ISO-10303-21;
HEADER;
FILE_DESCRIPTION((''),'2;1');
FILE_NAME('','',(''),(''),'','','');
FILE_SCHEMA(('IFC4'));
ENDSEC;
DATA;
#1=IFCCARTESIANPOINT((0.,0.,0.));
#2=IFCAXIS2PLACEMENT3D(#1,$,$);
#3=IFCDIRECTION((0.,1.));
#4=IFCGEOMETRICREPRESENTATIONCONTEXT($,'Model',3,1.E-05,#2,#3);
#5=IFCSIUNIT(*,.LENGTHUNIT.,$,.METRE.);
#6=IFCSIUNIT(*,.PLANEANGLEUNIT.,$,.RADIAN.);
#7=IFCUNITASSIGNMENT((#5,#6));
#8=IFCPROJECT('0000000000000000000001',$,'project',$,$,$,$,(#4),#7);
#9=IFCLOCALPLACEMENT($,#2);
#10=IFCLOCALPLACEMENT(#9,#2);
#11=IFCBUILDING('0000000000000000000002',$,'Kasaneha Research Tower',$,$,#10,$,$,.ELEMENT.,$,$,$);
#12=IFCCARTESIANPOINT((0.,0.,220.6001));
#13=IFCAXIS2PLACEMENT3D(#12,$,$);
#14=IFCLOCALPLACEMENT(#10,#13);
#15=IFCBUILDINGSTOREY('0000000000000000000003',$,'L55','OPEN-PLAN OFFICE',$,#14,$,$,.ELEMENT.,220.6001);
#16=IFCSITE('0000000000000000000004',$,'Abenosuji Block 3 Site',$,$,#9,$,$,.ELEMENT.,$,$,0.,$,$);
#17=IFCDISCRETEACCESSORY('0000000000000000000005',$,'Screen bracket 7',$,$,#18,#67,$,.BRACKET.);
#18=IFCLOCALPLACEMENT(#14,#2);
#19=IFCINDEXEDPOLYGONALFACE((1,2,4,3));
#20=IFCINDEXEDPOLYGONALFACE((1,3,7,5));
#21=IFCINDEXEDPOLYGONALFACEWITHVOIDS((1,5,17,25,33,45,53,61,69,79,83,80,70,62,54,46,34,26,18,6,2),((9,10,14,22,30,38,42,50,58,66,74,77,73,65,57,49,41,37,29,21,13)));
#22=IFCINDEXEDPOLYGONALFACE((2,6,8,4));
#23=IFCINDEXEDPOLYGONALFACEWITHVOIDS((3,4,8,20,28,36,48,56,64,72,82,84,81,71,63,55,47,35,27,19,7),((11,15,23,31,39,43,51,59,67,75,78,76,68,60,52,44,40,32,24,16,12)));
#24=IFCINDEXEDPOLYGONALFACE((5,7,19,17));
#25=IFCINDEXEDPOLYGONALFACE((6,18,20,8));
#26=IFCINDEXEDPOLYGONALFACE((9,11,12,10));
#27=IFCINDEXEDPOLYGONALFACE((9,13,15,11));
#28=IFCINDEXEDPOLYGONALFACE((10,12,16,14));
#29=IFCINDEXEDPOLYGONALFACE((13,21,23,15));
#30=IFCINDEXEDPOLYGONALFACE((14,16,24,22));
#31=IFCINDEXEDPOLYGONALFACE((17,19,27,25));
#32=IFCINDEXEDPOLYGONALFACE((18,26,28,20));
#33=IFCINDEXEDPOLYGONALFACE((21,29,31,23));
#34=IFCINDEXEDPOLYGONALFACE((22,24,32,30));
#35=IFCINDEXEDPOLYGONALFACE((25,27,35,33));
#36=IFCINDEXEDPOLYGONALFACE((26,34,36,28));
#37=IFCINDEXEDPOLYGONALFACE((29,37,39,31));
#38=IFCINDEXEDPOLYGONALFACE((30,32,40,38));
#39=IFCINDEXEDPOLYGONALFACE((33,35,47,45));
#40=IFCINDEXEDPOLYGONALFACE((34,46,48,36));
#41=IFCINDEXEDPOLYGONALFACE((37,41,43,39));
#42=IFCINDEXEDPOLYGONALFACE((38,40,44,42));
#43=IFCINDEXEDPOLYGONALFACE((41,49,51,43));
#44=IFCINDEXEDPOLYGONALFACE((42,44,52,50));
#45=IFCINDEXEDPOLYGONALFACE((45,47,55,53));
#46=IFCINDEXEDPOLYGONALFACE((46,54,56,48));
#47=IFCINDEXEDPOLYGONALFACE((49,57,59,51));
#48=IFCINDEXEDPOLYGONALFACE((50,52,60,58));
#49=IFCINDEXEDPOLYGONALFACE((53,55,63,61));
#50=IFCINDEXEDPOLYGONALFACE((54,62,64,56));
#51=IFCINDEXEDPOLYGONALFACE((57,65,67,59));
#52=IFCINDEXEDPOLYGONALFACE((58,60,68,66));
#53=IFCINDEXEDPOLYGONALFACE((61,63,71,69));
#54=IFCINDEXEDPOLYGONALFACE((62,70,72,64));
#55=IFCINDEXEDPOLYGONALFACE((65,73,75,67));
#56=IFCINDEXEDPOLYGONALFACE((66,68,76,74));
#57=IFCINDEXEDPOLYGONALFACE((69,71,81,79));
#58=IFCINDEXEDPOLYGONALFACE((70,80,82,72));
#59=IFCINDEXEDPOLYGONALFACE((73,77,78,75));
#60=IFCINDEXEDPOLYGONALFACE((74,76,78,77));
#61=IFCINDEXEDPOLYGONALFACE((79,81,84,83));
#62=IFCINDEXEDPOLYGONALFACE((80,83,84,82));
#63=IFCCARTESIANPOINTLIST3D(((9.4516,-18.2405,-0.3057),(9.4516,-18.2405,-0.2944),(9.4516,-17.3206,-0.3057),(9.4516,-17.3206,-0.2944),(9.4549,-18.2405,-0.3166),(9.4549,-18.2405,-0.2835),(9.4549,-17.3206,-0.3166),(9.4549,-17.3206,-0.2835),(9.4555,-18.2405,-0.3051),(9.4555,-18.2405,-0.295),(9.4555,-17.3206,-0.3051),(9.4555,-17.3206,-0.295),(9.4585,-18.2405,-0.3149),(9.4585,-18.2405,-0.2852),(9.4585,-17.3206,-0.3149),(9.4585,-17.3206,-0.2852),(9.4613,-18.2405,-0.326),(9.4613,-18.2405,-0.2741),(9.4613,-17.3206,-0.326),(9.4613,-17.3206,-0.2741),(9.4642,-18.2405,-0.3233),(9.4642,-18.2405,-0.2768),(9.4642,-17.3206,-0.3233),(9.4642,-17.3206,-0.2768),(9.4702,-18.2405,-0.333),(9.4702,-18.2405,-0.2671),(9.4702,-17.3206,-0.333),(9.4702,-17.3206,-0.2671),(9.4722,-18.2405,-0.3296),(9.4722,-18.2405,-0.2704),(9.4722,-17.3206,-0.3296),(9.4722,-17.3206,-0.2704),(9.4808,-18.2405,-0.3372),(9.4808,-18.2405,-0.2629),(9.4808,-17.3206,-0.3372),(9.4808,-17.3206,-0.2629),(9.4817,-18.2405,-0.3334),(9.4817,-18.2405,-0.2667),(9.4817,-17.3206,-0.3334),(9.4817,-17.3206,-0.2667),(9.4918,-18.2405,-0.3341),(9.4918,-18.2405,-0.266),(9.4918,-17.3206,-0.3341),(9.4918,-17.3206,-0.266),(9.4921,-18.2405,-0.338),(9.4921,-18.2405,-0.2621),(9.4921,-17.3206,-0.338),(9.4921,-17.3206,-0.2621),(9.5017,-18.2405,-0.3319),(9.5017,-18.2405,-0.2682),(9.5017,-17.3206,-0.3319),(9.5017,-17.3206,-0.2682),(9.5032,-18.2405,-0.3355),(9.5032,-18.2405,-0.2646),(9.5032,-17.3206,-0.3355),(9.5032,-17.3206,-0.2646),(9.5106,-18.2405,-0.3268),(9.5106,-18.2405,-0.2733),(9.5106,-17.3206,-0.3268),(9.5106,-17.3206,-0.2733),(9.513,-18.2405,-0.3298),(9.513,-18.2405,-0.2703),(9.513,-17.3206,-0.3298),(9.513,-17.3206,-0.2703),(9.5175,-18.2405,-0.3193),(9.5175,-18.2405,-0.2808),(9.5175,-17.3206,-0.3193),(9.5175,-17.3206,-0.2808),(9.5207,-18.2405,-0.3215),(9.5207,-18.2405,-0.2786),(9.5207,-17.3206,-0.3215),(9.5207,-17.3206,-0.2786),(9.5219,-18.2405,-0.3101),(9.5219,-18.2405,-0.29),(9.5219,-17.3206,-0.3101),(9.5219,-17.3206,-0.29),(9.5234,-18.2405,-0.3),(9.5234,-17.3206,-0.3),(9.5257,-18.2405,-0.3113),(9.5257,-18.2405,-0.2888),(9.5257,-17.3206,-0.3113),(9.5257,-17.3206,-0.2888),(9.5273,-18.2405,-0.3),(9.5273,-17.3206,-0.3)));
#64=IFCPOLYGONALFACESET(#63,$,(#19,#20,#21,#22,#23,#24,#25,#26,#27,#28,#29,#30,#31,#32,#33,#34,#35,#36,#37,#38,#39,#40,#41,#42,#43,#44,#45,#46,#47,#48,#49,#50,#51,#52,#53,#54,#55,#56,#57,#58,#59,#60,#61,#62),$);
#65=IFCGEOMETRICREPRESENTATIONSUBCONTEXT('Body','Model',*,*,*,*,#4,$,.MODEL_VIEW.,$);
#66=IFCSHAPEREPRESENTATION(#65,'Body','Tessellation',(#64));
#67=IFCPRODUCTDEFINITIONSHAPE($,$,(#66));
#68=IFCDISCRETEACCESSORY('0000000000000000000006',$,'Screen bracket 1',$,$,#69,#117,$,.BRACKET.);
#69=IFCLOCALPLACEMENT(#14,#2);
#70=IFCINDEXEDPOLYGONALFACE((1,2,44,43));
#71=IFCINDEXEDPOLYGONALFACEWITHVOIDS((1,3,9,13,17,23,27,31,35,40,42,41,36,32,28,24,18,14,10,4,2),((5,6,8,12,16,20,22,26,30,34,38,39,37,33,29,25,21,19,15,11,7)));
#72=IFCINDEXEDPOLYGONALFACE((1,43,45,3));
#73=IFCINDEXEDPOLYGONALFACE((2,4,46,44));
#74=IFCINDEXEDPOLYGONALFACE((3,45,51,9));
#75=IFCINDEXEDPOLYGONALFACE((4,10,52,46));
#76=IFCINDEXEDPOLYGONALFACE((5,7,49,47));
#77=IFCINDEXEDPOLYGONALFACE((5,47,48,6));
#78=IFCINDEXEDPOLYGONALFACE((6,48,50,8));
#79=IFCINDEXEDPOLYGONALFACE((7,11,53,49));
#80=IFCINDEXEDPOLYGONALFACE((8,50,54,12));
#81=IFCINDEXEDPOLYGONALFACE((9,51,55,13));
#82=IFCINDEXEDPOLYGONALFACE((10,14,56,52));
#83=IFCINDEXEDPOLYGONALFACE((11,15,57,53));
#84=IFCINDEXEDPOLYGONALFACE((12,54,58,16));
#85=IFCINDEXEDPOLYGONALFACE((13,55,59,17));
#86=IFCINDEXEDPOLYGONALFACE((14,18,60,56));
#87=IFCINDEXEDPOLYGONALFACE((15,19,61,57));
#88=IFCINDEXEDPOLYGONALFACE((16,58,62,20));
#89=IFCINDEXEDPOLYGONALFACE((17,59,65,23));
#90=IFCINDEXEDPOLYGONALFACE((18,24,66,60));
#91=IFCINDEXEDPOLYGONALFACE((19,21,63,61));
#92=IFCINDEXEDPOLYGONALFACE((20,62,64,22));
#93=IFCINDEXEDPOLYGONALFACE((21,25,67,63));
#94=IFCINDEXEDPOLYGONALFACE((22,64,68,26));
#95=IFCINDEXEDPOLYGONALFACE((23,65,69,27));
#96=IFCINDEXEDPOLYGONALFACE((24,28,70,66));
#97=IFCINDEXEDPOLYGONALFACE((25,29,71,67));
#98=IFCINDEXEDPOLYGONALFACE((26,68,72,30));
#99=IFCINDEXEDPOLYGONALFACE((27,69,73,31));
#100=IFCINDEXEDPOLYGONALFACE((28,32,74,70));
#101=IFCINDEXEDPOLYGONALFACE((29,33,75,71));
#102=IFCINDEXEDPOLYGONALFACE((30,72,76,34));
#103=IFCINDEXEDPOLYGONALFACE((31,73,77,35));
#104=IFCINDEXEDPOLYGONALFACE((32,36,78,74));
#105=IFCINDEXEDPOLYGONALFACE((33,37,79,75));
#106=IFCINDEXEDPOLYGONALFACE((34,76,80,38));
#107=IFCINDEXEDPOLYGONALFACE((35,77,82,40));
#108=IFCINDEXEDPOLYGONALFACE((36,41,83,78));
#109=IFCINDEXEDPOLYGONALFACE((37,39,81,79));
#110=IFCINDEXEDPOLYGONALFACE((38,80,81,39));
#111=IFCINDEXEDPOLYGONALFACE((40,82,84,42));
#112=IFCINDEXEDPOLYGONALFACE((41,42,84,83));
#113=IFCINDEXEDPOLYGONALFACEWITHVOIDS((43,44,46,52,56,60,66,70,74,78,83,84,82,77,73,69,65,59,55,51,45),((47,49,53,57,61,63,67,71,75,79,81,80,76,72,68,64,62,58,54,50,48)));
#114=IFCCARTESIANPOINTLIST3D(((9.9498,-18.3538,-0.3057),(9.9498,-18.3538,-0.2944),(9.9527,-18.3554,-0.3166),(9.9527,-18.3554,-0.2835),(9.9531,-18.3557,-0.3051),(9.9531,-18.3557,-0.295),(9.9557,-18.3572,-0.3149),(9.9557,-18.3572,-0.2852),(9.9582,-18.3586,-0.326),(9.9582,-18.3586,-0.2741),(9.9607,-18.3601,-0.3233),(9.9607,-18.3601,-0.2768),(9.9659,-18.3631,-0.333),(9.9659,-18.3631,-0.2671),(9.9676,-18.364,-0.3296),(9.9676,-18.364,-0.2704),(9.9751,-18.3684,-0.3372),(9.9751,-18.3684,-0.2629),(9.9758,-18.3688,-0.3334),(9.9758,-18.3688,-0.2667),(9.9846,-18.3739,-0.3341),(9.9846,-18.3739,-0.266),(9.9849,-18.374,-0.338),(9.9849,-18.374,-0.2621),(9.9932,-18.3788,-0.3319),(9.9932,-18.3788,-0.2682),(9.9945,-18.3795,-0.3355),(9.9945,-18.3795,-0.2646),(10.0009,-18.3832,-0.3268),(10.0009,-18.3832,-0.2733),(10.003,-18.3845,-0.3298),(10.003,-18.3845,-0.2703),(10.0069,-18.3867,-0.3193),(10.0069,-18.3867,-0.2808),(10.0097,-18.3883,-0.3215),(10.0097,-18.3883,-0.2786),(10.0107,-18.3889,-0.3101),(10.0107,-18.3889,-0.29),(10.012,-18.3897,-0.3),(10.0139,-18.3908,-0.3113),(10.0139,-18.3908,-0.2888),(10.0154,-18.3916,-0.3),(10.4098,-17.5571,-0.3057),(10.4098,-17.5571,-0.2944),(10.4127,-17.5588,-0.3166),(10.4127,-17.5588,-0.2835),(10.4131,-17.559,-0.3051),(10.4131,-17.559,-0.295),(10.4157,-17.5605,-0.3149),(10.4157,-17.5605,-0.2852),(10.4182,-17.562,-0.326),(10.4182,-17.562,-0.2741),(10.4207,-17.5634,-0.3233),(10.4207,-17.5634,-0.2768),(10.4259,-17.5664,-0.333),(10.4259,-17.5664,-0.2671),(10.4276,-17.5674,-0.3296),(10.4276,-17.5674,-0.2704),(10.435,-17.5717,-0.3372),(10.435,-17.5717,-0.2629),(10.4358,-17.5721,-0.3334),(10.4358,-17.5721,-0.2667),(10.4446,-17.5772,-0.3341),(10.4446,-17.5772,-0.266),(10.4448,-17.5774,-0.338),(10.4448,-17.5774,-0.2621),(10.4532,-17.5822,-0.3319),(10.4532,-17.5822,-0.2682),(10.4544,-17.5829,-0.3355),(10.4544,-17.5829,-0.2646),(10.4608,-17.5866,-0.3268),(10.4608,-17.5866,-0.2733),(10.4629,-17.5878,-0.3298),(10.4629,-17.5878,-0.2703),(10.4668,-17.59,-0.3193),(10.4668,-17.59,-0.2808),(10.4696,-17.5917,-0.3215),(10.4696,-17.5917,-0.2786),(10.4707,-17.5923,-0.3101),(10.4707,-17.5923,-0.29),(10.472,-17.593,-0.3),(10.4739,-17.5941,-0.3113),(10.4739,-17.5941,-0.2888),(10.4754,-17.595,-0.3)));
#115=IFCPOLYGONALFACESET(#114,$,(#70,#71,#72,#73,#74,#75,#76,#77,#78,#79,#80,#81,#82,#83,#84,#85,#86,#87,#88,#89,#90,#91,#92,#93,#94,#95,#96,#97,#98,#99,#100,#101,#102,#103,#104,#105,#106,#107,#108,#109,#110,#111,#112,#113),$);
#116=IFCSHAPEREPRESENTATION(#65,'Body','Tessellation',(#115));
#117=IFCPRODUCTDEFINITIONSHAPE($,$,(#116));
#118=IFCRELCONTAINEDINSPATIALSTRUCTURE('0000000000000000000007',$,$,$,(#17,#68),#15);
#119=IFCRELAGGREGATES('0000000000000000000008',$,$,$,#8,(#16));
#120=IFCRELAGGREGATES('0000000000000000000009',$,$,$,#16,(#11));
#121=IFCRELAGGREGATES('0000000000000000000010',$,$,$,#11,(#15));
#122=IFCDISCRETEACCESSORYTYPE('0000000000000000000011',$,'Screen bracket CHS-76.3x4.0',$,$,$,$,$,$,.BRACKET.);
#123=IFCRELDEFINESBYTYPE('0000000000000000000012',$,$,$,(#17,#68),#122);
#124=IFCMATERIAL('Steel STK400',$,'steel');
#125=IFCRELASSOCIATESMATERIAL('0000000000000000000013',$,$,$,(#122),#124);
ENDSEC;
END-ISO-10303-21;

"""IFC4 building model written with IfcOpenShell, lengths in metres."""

from ifc_helpers import new_model, si_unit, direction, frame, origin, origin_2d, place, context, subcontext, project, spatial, hollow_circle, extrude, material, material_profile, profile_set, type_object, element, save


model = new_model("IFC4")

# Units and contexts
model_context = context("Model", 3, precision=1e-05, world=origin(), true_north=direction((0.0, 1.0)))
body_context = subcontext(model_context, "Body", "Model", "MODEL_VIEW")
ifc_project = project(units=[si_unit("LENGTHUNIT", "METRE"), si_unit("PLANEANGLEUNIT", "RADIAN")], contexts=[model_context])

# Site, building, storey
site_placement = place(None, origin())
site = spatial("IfcSite", under=ifc_project, at=site_placement, Name="Abenosuji Block 3 Site", CompositionType="ELEMENT", RefElevation=0.0)
building_placement = place(site_placement, origin())
building = spatial("IfcBuilding", under=site, at=building_placement, Name="Kasaneha Research Tower", CompositionType="ELEMENT")
storey_placement = place(building_placement, frame((0.0, 0.0, 220.6001)))
storey = spatial("IfcBuildingStorey", under=building, at=storey_placement, Name="L55", Description="OPEN-PLAN OFFICE", CompositionType="ELEMENT", Elevation=220.6001)

# Discrete accessories
ifc_material_1 = material(Name="Steel STK400", Category="steel")
ifc_material_profile_1 = material_profile(ifc_material_1, hollow_circle(Radius=0.0381, WallThickness=0.0039, at=origin_2d()), Name="CHS-76.3x4.0")
ifc_profile_set_1 = profile_set([ifc_material_profile_1], Name="Steel STK400")
discrete_accessory_type = type_object("IfcDiscreteAccessoryType", Name="Screen bracket CHS-76.3x4.0", PredefinedType="BRACKET", material=ifc_profile_set_1)
for number, where, z_axis, x_axis, name in (
    (1, (9.4893, -17.3206, -0.3), (0.0, -1.0, 0.0), (1.0, 0.0, 0.0), "Screen bracket 7"),
    (2, (10.4424, -17.5759, -0.3), (-0.500021, -0.866013, 0.0), (0.866013, -0.500021, 0.0), "Screen bracket 1"),
):
    element("IfcDiscreteAccessory", number, at=place(storey_placement, frame(where, z_axis=z_axis, x_axis=x_axis)), inside=storey, type_object=discrete_accessory_type, Name=name, PredefinedType="BRACKET", context=body_context, shape_type="SweptSolid", body=[
        extrude(hollow_circle(Radius=0.0381, WallThickness=0.0039, at=origin_2d()), origin(), (0.0, 0.0, 1.0), 0.9199),
    ])

save(model, "model.ifc")
